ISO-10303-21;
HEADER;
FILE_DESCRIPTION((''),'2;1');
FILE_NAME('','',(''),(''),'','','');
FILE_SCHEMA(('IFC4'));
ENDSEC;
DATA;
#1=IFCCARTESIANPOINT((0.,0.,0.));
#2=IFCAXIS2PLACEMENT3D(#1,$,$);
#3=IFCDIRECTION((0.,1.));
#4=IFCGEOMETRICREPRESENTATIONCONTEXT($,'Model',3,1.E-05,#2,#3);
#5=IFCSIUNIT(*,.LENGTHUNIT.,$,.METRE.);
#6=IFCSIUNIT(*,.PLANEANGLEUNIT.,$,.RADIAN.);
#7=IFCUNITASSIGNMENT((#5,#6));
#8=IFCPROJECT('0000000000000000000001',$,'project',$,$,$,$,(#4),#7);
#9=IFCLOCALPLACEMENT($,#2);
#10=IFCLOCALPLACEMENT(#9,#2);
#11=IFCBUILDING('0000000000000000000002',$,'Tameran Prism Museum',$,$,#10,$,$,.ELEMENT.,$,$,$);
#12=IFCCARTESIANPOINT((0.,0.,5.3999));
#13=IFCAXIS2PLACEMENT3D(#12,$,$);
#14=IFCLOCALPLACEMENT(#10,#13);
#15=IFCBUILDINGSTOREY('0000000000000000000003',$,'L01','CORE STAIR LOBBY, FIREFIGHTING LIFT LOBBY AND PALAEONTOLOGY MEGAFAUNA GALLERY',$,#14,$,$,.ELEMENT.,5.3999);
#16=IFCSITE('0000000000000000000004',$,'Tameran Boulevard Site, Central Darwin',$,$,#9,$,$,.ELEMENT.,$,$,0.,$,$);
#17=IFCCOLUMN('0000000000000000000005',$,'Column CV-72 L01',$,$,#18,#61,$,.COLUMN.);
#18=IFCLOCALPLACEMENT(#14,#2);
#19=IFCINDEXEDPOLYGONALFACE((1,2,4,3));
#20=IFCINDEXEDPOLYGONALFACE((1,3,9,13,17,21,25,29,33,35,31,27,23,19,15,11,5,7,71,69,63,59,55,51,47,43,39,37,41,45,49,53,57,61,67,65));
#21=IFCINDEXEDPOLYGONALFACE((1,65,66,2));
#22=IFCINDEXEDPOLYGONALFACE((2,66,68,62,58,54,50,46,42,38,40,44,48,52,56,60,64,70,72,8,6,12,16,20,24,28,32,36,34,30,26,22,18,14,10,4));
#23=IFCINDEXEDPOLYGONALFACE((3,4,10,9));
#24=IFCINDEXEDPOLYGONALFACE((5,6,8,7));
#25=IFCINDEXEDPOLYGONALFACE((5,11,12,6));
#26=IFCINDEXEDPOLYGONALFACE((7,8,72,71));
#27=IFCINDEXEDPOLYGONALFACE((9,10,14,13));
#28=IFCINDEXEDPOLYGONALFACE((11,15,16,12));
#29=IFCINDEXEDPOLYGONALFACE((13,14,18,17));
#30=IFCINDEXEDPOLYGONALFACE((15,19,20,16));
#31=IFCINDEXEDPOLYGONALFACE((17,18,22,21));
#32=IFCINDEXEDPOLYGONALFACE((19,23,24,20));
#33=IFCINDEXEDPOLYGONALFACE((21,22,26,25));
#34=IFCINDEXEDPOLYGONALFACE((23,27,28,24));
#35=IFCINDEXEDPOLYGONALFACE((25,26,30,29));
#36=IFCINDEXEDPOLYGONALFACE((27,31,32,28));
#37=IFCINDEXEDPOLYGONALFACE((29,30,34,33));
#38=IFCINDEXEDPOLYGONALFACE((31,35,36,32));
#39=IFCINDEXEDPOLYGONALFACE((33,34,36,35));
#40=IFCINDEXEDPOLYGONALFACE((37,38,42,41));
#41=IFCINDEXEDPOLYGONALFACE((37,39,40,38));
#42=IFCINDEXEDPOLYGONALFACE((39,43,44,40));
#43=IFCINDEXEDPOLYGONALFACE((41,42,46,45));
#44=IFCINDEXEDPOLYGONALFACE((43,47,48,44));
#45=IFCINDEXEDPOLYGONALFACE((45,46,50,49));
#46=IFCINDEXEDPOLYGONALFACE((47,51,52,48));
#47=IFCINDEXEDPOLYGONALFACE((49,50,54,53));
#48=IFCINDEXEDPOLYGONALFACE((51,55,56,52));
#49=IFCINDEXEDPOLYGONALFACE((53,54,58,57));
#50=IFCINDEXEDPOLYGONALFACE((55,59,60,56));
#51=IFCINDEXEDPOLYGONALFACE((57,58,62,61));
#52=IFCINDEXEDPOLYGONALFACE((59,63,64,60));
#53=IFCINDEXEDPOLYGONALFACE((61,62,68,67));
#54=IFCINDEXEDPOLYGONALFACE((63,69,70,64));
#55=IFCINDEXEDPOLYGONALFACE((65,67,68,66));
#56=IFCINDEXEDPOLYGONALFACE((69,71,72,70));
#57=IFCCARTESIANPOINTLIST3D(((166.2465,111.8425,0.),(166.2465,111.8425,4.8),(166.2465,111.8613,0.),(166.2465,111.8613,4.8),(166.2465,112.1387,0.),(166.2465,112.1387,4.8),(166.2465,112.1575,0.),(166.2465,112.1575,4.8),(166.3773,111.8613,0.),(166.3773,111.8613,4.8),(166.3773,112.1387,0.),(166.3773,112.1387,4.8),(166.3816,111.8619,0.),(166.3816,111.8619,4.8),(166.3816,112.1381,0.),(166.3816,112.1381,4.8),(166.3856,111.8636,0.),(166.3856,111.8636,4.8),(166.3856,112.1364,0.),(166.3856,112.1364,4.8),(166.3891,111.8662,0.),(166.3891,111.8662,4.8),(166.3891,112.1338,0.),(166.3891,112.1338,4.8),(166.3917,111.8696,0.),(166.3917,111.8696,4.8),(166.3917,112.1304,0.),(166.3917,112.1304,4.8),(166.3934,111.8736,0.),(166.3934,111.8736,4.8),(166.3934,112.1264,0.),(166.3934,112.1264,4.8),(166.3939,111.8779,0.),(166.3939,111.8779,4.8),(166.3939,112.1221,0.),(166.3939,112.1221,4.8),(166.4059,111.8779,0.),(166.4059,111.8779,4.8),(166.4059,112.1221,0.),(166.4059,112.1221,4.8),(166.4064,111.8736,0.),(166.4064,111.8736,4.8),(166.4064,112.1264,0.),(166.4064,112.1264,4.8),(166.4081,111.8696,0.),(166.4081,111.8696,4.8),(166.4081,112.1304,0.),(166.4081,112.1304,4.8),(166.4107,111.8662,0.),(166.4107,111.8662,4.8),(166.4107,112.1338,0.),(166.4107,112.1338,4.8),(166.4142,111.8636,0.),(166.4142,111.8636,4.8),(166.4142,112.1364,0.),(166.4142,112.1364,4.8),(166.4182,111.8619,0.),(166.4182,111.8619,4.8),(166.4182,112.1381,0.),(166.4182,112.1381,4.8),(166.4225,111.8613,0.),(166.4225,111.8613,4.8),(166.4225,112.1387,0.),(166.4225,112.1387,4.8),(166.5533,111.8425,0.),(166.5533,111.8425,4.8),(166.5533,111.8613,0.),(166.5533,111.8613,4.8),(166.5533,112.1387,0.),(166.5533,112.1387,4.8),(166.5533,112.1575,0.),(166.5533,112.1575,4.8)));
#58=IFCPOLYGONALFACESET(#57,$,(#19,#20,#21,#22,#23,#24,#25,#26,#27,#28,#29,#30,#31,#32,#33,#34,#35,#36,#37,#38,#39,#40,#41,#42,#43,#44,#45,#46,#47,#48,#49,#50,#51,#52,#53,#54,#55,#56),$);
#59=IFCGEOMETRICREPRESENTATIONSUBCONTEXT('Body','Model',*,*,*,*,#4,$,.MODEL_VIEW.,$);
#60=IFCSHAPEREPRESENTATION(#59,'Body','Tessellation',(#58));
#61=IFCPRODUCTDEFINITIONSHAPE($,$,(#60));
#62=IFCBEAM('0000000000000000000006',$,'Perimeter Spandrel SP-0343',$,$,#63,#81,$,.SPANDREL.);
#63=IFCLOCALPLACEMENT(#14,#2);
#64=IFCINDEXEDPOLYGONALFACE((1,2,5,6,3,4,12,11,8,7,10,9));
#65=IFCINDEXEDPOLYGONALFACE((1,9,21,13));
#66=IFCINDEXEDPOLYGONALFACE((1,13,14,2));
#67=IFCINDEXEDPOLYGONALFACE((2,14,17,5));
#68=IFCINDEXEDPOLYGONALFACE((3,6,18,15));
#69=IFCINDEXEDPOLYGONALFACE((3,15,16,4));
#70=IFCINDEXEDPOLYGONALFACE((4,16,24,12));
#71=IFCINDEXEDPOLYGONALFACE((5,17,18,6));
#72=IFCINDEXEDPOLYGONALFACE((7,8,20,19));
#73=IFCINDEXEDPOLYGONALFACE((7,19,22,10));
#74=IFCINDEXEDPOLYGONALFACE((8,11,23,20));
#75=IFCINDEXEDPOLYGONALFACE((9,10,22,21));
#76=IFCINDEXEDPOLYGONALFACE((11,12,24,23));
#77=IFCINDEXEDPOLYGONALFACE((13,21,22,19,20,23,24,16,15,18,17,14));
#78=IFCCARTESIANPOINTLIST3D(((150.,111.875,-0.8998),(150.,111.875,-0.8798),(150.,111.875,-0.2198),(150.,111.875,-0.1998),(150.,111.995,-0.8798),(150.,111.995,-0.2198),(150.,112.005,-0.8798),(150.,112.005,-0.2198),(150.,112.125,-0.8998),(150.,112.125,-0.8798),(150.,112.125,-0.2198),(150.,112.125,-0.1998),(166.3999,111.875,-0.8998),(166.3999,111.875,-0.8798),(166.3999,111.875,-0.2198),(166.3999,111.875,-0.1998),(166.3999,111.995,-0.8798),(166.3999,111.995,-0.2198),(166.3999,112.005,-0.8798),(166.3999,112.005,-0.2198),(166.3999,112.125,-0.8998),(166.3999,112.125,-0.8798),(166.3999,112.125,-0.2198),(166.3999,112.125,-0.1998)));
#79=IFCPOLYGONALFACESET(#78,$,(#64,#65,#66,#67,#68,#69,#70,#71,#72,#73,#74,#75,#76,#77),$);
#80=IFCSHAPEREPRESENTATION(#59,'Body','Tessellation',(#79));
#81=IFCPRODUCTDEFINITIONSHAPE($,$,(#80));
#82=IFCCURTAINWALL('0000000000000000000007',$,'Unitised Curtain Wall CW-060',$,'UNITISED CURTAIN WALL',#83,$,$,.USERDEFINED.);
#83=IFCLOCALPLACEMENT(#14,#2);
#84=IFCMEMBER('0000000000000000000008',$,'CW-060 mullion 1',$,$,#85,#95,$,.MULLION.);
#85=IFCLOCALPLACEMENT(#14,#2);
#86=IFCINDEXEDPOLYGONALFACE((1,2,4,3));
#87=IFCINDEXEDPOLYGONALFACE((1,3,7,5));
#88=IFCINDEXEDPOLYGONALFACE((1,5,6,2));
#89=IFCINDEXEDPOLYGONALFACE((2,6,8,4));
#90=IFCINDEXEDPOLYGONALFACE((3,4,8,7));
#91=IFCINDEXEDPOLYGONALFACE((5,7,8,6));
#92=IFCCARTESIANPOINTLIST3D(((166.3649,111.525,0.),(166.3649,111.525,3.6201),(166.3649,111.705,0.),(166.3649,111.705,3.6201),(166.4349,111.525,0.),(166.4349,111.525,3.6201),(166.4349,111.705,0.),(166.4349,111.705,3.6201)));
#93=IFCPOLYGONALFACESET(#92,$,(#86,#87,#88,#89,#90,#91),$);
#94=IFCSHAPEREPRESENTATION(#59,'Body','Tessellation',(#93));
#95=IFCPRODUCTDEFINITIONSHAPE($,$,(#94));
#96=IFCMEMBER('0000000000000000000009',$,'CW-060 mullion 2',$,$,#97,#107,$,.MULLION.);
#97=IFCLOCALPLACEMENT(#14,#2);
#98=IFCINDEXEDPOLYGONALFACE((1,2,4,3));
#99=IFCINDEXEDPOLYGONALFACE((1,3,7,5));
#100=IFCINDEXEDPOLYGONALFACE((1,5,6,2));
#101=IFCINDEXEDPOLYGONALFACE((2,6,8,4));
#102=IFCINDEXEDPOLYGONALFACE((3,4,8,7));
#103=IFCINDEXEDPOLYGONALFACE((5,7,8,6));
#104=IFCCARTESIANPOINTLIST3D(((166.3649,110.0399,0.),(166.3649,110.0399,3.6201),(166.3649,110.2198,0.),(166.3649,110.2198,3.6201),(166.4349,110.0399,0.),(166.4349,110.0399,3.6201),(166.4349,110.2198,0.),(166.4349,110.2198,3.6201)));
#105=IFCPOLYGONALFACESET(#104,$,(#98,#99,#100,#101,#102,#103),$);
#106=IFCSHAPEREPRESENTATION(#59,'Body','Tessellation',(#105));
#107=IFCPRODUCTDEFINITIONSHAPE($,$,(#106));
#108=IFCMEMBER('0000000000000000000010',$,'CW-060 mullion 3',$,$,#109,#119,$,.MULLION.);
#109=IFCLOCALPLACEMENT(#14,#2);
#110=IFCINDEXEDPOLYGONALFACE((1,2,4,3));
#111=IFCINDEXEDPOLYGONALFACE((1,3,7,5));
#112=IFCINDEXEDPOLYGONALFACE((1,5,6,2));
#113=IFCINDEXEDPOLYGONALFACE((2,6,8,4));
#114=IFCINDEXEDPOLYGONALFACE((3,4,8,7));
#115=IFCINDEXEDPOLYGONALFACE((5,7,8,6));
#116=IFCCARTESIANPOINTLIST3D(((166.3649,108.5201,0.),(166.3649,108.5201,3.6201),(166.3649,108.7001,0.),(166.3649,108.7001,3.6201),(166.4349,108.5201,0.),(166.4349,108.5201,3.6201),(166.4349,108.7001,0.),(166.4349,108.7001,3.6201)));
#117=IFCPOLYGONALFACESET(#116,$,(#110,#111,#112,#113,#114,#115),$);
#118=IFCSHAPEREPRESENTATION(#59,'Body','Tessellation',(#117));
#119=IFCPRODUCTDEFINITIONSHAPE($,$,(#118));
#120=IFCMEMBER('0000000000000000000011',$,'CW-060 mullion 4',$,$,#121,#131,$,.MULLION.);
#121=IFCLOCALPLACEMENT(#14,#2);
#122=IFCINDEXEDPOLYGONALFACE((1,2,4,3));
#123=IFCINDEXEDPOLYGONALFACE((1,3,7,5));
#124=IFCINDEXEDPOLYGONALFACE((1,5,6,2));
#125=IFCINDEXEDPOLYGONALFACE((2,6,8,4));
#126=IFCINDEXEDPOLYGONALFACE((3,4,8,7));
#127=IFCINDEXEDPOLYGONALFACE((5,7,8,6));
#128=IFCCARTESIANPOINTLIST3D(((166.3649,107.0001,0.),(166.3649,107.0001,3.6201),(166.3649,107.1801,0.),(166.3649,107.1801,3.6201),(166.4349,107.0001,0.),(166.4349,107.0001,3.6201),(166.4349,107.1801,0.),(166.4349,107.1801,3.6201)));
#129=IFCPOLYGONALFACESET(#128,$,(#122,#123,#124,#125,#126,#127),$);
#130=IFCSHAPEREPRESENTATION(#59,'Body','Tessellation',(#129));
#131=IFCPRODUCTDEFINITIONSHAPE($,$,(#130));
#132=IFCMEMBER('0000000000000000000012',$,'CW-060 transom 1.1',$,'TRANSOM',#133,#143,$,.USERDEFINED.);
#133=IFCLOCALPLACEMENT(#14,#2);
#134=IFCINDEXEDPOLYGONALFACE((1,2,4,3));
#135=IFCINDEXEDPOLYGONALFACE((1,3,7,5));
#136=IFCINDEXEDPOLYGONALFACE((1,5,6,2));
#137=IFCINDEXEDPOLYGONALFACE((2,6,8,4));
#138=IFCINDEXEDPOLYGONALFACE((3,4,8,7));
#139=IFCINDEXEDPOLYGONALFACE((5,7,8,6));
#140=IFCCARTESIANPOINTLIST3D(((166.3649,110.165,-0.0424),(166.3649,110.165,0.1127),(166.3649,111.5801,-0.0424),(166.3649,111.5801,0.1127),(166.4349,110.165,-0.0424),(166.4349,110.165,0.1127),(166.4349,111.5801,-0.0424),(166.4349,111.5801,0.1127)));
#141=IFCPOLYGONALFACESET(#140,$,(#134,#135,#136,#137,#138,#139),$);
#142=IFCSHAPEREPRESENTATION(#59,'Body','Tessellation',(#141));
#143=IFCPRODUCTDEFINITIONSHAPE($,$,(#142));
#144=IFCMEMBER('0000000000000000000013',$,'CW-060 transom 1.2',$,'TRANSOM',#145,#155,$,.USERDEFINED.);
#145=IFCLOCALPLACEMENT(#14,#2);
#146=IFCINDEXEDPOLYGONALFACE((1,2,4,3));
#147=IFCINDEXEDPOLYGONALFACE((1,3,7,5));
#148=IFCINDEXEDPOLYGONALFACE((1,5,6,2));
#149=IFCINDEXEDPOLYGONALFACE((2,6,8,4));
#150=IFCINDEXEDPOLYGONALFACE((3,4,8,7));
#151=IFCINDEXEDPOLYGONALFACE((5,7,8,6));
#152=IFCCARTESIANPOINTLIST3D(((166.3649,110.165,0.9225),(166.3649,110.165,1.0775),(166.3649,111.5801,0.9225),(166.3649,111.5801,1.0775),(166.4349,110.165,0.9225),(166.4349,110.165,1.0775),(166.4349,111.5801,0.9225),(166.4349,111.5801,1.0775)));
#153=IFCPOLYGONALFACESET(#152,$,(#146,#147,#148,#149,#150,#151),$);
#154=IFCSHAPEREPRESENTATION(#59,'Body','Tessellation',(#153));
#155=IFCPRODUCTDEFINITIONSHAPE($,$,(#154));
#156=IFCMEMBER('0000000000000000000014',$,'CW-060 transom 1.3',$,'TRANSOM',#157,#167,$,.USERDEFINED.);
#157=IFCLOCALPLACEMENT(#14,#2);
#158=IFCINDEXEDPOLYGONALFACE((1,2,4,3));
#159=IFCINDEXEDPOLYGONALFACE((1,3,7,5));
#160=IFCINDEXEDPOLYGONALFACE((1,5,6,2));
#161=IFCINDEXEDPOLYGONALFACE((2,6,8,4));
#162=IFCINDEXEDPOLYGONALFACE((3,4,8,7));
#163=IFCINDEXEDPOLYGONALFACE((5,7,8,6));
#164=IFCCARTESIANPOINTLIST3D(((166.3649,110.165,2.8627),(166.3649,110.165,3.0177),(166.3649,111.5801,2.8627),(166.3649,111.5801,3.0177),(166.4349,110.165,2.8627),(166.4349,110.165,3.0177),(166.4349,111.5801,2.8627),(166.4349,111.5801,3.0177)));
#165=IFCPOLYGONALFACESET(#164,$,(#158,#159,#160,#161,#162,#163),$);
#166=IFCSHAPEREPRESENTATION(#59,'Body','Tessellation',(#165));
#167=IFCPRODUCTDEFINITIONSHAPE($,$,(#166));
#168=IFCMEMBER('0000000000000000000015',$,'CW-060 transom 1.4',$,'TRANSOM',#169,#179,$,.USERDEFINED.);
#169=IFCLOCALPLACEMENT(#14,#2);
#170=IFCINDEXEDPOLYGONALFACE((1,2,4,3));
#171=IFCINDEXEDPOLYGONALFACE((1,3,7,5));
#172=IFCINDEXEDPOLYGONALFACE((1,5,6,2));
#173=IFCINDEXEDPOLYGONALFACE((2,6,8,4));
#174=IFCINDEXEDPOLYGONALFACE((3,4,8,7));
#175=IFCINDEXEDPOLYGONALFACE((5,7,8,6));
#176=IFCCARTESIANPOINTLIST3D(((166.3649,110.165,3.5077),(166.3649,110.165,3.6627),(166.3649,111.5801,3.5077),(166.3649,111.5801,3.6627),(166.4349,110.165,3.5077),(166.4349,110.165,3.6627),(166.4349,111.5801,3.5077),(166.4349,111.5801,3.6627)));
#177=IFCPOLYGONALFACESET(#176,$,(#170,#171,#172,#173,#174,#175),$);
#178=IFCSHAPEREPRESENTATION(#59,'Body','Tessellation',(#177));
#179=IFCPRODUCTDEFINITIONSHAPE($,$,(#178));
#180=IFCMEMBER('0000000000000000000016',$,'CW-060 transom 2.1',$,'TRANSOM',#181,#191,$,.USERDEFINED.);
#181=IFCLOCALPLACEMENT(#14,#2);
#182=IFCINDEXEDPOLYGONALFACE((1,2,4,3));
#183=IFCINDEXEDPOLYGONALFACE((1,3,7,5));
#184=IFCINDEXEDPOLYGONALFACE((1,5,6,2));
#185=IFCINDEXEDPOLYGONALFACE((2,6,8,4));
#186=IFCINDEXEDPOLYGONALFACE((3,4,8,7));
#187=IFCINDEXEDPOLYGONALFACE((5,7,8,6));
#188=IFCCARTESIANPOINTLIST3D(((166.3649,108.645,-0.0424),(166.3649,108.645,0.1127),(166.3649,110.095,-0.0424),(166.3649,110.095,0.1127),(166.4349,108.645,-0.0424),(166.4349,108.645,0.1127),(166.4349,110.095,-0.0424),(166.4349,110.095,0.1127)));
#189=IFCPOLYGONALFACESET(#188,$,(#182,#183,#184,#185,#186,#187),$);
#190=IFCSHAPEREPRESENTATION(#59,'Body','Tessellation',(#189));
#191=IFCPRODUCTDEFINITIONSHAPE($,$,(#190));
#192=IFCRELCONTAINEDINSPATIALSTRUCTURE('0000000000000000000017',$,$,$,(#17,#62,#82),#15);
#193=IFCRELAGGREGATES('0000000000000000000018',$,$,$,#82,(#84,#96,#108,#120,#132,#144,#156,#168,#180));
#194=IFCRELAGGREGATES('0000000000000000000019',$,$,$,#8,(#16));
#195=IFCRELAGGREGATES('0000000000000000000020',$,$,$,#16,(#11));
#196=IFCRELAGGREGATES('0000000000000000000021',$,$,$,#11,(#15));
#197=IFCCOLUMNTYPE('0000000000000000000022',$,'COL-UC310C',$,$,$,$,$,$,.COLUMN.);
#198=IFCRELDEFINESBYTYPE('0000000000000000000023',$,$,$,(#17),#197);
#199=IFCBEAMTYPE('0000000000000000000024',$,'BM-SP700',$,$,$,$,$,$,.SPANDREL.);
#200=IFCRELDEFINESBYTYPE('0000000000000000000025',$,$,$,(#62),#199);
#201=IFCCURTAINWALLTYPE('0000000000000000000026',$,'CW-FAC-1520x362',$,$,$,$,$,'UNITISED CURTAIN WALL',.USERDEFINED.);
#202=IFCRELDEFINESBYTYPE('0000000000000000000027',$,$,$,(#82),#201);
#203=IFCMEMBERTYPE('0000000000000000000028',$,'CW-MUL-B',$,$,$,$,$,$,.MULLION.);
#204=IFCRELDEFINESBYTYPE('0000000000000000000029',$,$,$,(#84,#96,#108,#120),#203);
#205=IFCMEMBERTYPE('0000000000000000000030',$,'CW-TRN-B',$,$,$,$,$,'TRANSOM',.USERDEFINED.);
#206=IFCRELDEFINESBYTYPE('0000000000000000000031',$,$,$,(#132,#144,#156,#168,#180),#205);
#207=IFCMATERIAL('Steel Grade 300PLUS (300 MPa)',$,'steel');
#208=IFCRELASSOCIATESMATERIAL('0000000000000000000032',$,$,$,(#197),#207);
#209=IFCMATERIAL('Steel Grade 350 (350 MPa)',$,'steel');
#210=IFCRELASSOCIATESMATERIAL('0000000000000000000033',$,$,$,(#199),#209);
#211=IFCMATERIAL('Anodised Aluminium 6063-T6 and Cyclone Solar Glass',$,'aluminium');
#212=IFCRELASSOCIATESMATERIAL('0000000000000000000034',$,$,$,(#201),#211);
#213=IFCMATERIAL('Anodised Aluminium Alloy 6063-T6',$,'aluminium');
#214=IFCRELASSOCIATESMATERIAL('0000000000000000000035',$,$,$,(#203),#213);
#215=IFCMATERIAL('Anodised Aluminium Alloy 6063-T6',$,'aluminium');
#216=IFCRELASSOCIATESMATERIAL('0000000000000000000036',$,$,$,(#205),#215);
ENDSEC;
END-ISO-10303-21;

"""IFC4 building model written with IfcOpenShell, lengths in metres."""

from ifc_helpers import new_model, si_unit, direction, frame, origin, origin_2d, place, context, subcontext, project, spatial, rectangle, i_section, extrude, material, material_profile, profile_set, type_object, element, aggregate, save


model = new_model("IFC4")

# Units and contexts
model_context = context("Model", 3, precision=1e-05, world=origin(), true_north=direction((0.0, 1.0)))
body_context = subcontext(model_context, "Body", "Model", "MODEL_VIEW")
ifc_project = project(units=[si_unit("LENGTHUNIT", "METRE"), si_unit("PLANEANGLEUNIT", "RADIAN")], contexts=[model_context])

# Site, building, storey
site_placement = place(None, origin())
site = spatial("IfcSite", under=ifc_project, at=site_placement, Name="Tameran Boulevard Site, Central Darwin", CompositionType="ELEMENT", RefElevation=0.0)
building_placement = place(site_placement, origin())
building = spatial("IfcBuilding", under=site, at=building_placement, Name="Tameran Prism Museum", CompositionType="ELEMENT")
storey_placement = place(building_placement, frame((0.0, 0.0, 5.3999)))
storey = spatial("IfcBuildingStorey", under=building, at=storey_placement, Name="L01", Description="CORE STAIR LOBBY, FIREFIGHTING LIFT LOBBY AND PALAEONTOLOGY MEGAFAUNA GALLERY", CompositionType="ELEMENT", Elevation=5.3999)

# Column
ifc_material_1 = material(Name="Steel Grade 300PLUS (300 MPa)", Category="steel")
ifc_material_profile_1 = material_profile(ifc_material_1, i_section(OverallWidth=0.3069, OverallDepth=0.3149, WebThickness=0.012, FlangeThickness=0.0188, FilletRadius=0.0166, at=origin_2d()))
ifc_profile_set_1 = profile_set([ifc_material_profile_1])
column_type = type_object("IfcColumnType", Name="COL-UC310C", PredefinedType="COLUMN", material=ifc_profile_set_1)
column_placement = place(storey_placement, frame((166.3999, 112.0, 0.0), z_axis=(0.0, 0.0, 1.0), x_axis=(1.0, 0.0, 0.0)))
element("IfcColumn", 1, at=column_placement, inside=storey, type_object=column_type, Name="Column CV-72 L01", PredefinedType="COLUMN", context=body_context, shape_type="SweptSolid", body=[
    extrude(i_section(OverallWidth=0.3069, OverallDepth=0.3149, WebThickness=0.012, FlangeThickness=0.0188, FilletRadius=0.0166, at=origin_2d()), origin(), (0.0, 0.0, 1.0), 4.8),
])

# Beam
ifc_material_2 = material(Name="Steel Grade 350 (350 MPa)", Category="steel")
ifc_material_profile_2 = material_profile(ifc_material_2, i_section(OverallWidth=0.25, OverallDepth=0.7, WebThickness=0.01, FlangeThickness=0.02, at=origin_2d()))
ifc_profile_set_2 = profile_set([ifc_material_profile_2])
beam_type = type_object("IfcBeamType", Name="BM-SP700", PredefinedType="SPANDREL", material=ifc_profile_set_2)
beam_placement = place(storey_placement, frame((166.3999, 112.0, -0.5498), z_axis=(-1.0, 0.0, 0.0), x_axis=(0.0, -1.0, 0.0)))
element("IfcBeam", 2, at=beam_placement, inside=storey, type_object=beam_type, Name="Perimeter Spandrel SP-0343", PredefinedType="SPANDREL", context=body_context, shape_type="SweptSolid", body=[
    extrude(i_section(OverallWidth=0.25, OverallDepth=0.7, WebThickness=0.01, FlangeThickness=0.02, at=origin_2d()), origin(), (0.0, 0.0, 1.0), 16.3999),
])

# Curtain wall, members
ifc_material_3 = material(Name="Anodised Aluminium 6063-T6 and Cyclone Solar Glass", Category="aluminium")
curtain_wall_type = type_object("IfcCurtainWallType", Name="CW-FAC-1520x362", ElementType="UNITISED CURTAIN WALL", PredefinedType="USERDEFINED", material=ifc_material_3)
curtain_wall_placement = place(storey_placement, origin())
curtain_wall = element("IfcCurtainWall", 3, at=curtain_wall_placement, inside=storey, type_object=curtain_wall_type, Name="Unitised Curtain Wall CW-060", ObjectType="UNITISED CURTAIN WALL", PredefinedType="USERDEFINED")
ifc_material_4 = material(Name="Anodised Aluminium Alloy 6063-T6", Category="aluminium")
ifc_material_profile_3 = material_profile(ifc_material_4, rectangle(XDim=0.0701, YDim=0.1799, at=origin_2d()))
ifc_profile_set_3 = profile_set([ifc_material_profile_3])
member_type_1 = type_object("IfcMemberType", Name="CW-MUL-B", PredefinedType="MULLION", material=ifc_profile_set_3)
member_1_placement = place(storey_placement, frame((166.3999, 111.615, 0.0), z_axis=(0.0, 0.0, 1.0), x_axis=(1.0, 0.0, 0.0)))
member_1 = element("IfcMember", 4, at=member_1_placement, type_object=member_type_1, Name="CW-060 mullion 1", PredefinedType="MULLION", context=body_context, shape_type="SweptSolid", body=[
    extrude(rectangle(XDim=0.0701, YDim=0.1799, at=origin_2d()), origin(), (0.0, 0.0, 1.0), 3.6201),
])
member_2_placement = place(storey_placement, frame((166.3999, 110.1299, 0.0), z_axis=(0.0, 0.0, 1.0), x_axis=(1.0, 0.0, 0.0)))
member_2 = element("IfcMember", 5, at=member_2_placement, type_object=member_type_1, Name="CW-060 mullion 2", PredefinedType="MULLION", context=body_context, shape_type="SweptSolid", body=[
    extrude(rectangle(XDim=0.0701, YDim=0.1799, at=origin_2d()), origin(), (0.0, 0.0, 1.0), 3.6201),
])
member_3_placement = place(storey_placement, frame((166.3999, 108.6101, 0.0), z_axis=(0.0, 0.0, 1.0), x_axis=(1.0, 0.0, 0.0)))
member_3 = element("IfcMember", 6, at=member_3_placement, type_object=member_type_1, Name="CW-060 mullion 3", PredefinedType="MULLION", context=body_context, shape_type="SweptSolid", body=[
    extrude(rectangle(XDim=0.0701, YDim=0.1799, at=origin_2d()), origin(), (0.0, 0.0, 1.0), 3.6201),
])
member_4_placement = place(storey_placement, frame((166.3999, 107.0901, 0.0), z_axis=(0.0, 0.0, 1.0), x_axis=(1.0, 0.0, 0.0)))
member_4 = element("IfcMember", 7, at=member_4_placement, type_object=member_type_1, Name="CW-060 mullion 4", PredefinedType="MULLION", context=body_context, shape_type="SweptSolid", body=[
    extrude(rectangle(XDim=0.0701, YDim=0.1799, at=origin_2d()), origin(), (0.0, 0.0, 1.0), 3.6201),
])
ifc_material_5 = material(Name="Anodised Aluminium Alloy 6063-T6", Category="aluminium")
ifc_material_profile_4 = material_profile(ifc_material_5, rectangle(XDim=0.0701, YDim=0.155, at=origin_2d()))
ifc_profile_set_4 = profile_set([ifc_material_profile_4])
member_type_2 = type_object("IfcMemberType", Name="CW-TRN-B", ElementType="TRANSOM", PredefinedType="USERDEFINED", material=ifc_profile_set_4)
member_5_placement = place(storey_placement, frame((166.3999, 111.5801, 0.0352), z_axis=(0.0, -1.0, 0.0), x_axis=(1.0, 0.0, 0.0)))
member_5 = element("IfcMember", 8, at=member_5_placement, type_object=member_type_2, Name="CW-060 transom 1.1", ObjectType="TRANSOM", PredefinedType="USERDEFINED", context=body_context, shape_type="SweptSolid", body=[
    extrude(rectangle(XDim=0.0701, YDim=0.155, at=origin_2d()), origin(), (0.0, 0.0, 1.0), 1.415),
])
member_6_placement = place(storey_placement, frame((166.3999, 111.5801, 1.0), z_axis=(0.0, -1.0, 0.0), x_axis=(1.0, 0.0, 0.0)))
member_6 = element("IfcMember", 9, at=member_6_placement, type_object=member_type_2, Name="CW-060 transom 1.2", ObjectType="TRANSOM", PredefinedType="USERDEFINED", context=body_context, shape_type="SweptSolid", body=[
    extrude(rectangle(XDim=0.0701, YDim=0.155, at=origin_2d()), origin(), (0.0, 0.0, 1.0), 1.415),
])
member_7_placement = place(storey_placement, frame((166.3999, 111.5801, 2.9402), z_axis=(0.0, -1.0, 0.0), x_axis=(1.0, 0.0, 0.0)))
member_7 = element("IfcMember", 10, at=member_7_placement, type_object=member_type_2, Name="CW-060 transom 1.3", ObjectType="TRANSOM", PredefinedType="USERDEFINED", context=body_context, shape_type="SweptSolid", body=[
    extrude(rectangle(XDim=0.0701, YDim=0.155, at=origin_2d()), origin(), (0.0, 0.0, 1.0), 1.415),
])
member_8_placement = place(storey_placement, frame((166.3999, 111.5801, 3.5852), z_axis=(0.0, -1.0, 0.0), x_axis=(1.0, 0.0, 0.0)))
member_8 = element("IfcMember", 11, at=member_8_placement, type_object=member_type_2, Name="CW-060 transom 1.4", ObjectType="TRANSOM", PredefinedType="USERDEFINED", context=body_context, shape_type="SweptSolid", body=[
    extrude(rectangle(XDim=0.0701, YDim=0.155, at=origin_2d()), origin(), (0.0, 0.0, 1.0), 1.415),
])
member_9_placement = place(storey_placement, frame((166.3999, 110.095, 0.0352), z_axis=(0.0, -1.0, 0.0), x_axis=(1.0, 0.0, 0.0)))
member_9 = element("IfcMember", 12, at=member_9_placement, type_object=member_type_2, Name="CW-060 transom 2.1", ObjectType="TRANSOM", PredefinedType="USERDEFINED", context=body_context, shape_type="SweptSolid", body=[
    extrude(rectangle(XDim=0.0701, YDim=0.155, at=origin_2d()), origin(), (0.0, 0.0, 1.0), 1.45),
])
aggregate(curtain_wall, [member_1, member_2, member_3, member_4, member_5, member_6, member_7, member_8, member_9])

save(model, "model.ifc")
